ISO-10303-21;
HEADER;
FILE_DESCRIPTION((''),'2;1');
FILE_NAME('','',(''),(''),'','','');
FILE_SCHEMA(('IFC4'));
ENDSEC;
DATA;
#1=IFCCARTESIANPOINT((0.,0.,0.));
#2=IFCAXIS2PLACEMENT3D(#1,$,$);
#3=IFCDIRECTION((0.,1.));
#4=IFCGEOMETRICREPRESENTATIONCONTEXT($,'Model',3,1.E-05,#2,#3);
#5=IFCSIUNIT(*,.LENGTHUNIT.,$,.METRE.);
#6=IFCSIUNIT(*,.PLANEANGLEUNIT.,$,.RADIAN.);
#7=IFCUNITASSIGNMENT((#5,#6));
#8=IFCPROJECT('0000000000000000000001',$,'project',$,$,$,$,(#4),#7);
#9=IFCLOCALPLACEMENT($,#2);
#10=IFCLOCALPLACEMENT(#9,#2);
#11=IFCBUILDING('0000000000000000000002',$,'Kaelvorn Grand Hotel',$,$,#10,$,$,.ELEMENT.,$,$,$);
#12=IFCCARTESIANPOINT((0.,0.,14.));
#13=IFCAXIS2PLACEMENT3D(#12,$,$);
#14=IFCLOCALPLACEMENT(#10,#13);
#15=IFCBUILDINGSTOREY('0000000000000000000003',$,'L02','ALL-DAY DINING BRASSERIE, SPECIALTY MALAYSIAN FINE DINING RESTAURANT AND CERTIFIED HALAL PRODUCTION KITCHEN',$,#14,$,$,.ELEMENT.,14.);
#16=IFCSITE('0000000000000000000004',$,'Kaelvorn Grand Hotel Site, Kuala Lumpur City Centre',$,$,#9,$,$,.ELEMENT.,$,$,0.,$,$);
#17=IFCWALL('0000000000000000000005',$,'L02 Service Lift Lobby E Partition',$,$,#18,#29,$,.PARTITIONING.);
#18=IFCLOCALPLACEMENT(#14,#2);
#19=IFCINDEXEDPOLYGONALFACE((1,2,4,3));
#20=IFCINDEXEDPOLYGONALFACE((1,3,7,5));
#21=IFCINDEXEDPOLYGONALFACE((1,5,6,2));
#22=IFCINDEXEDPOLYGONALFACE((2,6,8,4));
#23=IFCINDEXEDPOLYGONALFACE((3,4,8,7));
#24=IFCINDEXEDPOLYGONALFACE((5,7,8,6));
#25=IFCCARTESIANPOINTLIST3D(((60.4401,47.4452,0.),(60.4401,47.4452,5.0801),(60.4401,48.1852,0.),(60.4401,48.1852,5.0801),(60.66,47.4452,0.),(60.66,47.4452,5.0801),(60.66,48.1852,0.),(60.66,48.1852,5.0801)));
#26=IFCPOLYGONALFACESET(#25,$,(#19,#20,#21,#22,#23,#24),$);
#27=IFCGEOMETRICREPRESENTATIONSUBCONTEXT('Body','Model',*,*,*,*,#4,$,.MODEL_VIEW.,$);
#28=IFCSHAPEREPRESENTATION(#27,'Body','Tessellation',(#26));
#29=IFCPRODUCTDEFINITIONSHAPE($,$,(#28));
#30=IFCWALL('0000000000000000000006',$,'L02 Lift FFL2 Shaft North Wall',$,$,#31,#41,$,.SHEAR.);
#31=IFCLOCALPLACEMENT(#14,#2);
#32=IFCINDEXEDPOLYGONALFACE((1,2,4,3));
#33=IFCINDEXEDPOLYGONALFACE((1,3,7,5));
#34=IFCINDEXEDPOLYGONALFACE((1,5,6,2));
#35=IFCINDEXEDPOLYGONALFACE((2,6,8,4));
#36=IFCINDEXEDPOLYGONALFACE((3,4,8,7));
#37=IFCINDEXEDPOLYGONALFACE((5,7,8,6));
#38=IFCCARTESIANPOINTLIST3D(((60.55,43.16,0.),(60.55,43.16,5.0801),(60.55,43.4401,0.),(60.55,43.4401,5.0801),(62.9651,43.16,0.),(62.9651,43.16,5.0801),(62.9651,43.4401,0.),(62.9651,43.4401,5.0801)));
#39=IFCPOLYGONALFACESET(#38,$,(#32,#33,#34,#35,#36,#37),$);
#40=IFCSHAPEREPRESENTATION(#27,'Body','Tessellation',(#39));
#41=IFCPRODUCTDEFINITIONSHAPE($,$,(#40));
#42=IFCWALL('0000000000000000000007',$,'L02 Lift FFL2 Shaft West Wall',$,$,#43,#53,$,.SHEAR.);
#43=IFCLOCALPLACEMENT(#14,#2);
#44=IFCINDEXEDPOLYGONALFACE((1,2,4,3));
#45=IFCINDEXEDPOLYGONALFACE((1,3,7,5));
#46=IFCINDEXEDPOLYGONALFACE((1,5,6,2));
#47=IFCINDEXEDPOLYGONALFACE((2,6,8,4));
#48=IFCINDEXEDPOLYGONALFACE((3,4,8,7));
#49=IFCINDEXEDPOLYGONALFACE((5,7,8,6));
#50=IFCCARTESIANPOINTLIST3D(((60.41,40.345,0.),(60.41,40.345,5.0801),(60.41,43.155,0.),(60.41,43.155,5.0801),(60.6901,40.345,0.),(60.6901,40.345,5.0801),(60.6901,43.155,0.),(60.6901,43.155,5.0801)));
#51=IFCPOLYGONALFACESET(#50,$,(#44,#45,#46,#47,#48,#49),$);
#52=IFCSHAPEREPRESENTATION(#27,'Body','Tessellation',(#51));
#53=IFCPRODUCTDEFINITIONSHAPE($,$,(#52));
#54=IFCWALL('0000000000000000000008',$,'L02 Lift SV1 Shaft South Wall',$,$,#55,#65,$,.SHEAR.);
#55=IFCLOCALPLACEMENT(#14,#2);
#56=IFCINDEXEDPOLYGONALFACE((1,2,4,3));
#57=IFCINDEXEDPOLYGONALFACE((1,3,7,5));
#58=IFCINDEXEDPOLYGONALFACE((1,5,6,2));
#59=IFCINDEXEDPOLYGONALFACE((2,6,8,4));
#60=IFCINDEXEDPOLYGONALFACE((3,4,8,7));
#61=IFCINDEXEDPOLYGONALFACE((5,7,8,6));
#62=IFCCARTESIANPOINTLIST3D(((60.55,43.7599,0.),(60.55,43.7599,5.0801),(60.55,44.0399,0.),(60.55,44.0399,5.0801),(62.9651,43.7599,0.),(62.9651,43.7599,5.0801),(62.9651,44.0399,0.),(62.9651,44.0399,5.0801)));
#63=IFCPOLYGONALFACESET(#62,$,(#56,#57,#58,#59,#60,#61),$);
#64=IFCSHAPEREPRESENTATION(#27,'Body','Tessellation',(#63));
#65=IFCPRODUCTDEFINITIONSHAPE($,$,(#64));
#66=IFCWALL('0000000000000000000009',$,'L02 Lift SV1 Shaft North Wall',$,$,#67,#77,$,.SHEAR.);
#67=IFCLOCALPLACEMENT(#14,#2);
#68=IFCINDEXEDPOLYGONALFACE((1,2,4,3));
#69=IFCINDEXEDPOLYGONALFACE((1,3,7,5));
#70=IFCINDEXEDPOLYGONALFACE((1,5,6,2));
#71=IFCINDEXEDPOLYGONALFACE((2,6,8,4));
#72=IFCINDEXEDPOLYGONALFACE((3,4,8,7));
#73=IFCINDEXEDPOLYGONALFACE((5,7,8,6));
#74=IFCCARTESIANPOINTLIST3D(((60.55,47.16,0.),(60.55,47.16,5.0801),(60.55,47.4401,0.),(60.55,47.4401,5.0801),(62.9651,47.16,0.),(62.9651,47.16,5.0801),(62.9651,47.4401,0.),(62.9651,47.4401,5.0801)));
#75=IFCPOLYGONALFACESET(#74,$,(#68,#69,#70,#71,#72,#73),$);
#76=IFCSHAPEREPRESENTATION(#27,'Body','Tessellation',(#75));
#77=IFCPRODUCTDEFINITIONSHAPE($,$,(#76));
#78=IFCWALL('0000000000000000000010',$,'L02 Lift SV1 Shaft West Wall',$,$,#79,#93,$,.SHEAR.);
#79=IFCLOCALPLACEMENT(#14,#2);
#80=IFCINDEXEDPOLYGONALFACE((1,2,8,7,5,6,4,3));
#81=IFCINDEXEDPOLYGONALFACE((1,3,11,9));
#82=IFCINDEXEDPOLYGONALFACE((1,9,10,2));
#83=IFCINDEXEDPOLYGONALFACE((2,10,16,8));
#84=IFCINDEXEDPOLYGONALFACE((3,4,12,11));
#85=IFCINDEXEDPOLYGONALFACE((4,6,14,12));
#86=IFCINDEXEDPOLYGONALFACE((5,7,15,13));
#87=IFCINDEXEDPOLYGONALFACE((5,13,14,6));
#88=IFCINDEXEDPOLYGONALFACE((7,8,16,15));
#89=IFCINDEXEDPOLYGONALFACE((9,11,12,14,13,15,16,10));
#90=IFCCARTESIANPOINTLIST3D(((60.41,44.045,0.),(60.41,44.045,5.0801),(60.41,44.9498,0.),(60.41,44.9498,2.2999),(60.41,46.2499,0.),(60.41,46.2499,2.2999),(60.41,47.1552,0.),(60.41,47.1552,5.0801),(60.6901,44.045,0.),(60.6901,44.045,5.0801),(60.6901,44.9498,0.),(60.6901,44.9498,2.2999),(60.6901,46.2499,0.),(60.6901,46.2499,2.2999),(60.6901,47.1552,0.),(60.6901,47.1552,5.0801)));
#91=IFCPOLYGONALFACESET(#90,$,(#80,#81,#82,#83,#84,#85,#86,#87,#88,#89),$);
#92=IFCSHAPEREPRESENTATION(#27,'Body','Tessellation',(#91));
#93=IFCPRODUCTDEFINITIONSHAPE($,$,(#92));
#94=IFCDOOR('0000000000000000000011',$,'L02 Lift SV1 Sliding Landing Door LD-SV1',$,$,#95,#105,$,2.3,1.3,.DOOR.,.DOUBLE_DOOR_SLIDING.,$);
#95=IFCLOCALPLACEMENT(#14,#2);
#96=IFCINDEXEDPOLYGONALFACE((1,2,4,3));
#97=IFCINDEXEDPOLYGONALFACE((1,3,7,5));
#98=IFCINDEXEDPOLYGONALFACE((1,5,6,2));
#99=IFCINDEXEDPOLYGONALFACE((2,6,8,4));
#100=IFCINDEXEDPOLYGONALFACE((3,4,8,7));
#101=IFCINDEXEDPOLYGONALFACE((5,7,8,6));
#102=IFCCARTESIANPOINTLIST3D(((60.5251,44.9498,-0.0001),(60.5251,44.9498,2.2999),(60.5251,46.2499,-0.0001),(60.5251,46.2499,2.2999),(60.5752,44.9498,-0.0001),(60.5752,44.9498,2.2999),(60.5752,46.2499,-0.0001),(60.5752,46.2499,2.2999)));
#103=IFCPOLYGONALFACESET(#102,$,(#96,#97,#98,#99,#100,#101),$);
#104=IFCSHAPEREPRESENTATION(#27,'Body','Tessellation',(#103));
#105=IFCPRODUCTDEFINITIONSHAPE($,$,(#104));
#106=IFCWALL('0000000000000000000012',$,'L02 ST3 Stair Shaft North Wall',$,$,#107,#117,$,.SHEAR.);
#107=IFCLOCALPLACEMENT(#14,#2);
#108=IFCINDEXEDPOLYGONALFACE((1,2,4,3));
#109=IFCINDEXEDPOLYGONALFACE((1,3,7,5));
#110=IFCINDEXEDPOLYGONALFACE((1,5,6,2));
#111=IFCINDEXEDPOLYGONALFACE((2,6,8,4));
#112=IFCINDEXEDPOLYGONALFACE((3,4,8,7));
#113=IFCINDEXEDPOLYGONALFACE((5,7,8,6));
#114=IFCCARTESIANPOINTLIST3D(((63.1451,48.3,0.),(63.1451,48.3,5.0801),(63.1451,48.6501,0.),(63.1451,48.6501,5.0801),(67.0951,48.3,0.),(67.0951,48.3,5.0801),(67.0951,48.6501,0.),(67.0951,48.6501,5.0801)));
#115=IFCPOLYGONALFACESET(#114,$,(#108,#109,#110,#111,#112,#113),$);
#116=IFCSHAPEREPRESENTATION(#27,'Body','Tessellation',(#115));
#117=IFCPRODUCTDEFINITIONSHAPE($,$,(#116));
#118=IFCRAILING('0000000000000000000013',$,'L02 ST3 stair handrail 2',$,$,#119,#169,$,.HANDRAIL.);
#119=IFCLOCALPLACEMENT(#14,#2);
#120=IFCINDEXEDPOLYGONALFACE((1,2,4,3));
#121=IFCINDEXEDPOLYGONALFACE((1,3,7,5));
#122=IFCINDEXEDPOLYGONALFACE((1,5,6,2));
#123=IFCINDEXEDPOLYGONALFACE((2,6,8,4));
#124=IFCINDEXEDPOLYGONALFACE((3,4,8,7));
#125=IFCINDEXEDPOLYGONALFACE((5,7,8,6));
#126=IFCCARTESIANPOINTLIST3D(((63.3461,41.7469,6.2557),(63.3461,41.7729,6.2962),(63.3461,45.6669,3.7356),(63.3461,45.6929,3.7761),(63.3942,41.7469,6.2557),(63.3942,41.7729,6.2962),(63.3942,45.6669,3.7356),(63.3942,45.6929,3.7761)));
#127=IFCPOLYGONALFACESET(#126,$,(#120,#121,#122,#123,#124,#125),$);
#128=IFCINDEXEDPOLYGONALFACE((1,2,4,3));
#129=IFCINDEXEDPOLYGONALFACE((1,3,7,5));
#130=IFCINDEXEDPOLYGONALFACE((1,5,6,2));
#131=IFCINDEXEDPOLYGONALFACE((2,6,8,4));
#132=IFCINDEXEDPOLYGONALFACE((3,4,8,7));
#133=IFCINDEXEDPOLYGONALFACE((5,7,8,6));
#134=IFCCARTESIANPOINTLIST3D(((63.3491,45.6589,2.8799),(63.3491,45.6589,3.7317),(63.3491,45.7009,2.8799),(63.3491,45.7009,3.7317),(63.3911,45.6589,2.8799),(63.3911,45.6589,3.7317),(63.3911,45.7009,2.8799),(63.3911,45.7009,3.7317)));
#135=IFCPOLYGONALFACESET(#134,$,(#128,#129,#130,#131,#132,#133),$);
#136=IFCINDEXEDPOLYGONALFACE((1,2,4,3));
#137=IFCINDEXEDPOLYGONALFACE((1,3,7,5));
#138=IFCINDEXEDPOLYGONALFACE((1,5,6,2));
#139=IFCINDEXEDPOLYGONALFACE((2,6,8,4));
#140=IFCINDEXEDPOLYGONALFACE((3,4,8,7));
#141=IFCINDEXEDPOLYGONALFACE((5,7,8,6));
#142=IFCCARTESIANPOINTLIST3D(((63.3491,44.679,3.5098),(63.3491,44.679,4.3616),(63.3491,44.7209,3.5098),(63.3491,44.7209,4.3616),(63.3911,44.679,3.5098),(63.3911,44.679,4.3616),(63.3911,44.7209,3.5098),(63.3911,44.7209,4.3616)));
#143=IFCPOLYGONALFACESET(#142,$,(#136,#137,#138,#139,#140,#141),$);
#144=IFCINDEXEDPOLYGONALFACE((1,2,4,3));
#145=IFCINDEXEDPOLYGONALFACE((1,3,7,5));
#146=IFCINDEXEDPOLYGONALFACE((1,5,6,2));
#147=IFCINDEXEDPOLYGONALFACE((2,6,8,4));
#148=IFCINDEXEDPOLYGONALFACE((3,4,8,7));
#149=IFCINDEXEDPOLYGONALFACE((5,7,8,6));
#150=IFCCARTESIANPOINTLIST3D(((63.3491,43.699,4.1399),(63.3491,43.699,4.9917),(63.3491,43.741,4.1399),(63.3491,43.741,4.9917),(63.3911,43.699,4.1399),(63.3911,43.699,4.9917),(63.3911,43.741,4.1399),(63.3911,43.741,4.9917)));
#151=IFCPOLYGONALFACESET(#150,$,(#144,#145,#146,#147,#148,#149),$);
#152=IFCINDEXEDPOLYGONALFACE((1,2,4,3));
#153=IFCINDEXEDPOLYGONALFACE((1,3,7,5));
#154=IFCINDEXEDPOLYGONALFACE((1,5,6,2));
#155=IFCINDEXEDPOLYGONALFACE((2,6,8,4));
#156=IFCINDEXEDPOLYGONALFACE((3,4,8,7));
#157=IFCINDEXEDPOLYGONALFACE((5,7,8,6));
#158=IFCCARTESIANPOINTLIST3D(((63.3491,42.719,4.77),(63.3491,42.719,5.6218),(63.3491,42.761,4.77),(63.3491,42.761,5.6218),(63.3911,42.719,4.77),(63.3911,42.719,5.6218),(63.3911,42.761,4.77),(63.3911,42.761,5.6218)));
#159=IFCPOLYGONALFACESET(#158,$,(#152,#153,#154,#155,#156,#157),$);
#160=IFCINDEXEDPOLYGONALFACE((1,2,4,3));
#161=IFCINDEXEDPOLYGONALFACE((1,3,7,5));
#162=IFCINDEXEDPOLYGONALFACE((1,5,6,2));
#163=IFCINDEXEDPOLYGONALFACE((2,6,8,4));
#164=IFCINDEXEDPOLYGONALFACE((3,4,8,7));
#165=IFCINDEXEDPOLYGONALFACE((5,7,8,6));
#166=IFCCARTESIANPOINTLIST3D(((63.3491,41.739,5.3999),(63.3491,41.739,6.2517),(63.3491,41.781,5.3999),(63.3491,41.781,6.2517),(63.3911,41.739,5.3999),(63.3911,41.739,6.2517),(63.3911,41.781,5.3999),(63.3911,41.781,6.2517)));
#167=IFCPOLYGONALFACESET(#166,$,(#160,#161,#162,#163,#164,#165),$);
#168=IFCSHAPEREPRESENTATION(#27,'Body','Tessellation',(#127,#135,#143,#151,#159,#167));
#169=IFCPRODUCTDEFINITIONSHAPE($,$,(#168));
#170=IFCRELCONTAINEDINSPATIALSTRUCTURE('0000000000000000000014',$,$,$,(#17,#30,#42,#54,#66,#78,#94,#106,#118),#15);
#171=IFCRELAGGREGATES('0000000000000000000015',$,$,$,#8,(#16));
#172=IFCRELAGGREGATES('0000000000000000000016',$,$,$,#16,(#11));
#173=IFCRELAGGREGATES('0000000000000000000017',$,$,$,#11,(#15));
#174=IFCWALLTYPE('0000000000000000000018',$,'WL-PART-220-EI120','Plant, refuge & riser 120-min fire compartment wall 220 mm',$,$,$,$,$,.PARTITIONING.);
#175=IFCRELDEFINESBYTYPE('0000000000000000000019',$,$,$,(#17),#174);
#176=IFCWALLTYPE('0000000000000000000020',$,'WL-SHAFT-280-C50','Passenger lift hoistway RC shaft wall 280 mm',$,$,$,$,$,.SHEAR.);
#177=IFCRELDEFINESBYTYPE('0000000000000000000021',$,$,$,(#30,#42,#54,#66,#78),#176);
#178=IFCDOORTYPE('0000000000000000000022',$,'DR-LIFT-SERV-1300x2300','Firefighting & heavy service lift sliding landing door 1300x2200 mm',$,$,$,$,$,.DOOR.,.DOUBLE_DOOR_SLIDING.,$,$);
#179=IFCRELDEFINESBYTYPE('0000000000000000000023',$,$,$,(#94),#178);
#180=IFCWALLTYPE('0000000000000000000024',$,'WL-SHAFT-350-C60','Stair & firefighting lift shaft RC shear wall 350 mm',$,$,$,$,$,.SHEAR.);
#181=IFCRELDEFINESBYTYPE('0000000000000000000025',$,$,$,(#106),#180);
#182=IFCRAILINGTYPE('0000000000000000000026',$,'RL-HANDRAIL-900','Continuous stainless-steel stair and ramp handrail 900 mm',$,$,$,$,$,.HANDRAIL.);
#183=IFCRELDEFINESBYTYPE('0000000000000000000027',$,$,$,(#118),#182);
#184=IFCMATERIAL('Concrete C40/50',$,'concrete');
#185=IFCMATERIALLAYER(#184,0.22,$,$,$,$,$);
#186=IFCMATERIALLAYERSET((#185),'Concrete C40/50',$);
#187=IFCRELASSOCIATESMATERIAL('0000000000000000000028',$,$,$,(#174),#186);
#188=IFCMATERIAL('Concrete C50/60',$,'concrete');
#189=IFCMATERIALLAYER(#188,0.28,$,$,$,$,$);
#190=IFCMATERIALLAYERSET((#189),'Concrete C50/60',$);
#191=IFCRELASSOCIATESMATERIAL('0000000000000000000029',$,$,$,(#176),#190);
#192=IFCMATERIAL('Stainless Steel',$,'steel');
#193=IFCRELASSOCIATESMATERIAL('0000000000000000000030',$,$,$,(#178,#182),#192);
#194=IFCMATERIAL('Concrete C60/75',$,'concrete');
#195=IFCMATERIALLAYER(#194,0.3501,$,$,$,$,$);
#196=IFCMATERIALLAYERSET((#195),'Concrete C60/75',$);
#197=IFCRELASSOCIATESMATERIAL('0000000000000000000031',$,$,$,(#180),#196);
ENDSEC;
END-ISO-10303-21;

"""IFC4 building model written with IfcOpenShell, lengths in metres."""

from ifc_helpers import new_model, si_unit, direction, frame, frame_2d, origin, origin_2d, place, context, subcontext, project, spatial, rectangle, extrude, material, layer, layer_set, type_object, element, fill, save


model = new_model("IFC4")

# Units and contexts
model_context = context("Model", 3, precision=1e-05, world=origin(), true_north=direction((0.0, 1.0)))
body_context = subcontext(model_context, "Body", "Model", "MODEL_VIEW")
ifc_project = project(units=[si_unit("LENGTHUNIT", "METRE"), si_unit("PLANEANGLEUNIT", "RADIAN")], contexts=[model_context])

# Site, building, storey
site_placement = place(None, origin())
site = spatial("IfcSite", under=ifc_project, at=site_placement, Name="Kaelvorn Grand Hotel Site, Kuala Lumpur City Centre", CompositionType="ELEMENT", RefElevation=0.0)
building_placement = place(site_placement, origin())
building = spatial("IfcBuilding", under=site, at=building_placement, Name="Kaelvorn Grand Hotel", CompositionType="ELEMENT")
storey_placement = place(building_placement, frame((0.0, 0.0, 14.0)))
storey = spatial("IfcBuildingStorey", under=building, at=storey_placement, Name="L02", Description="ALL-DAY DINING BRASSERIE, SPECIALTY MALAYSIAN FINE DINING RESTAURANT AND CERTIFIED HALAL PRODUCTION KITCHEN", CompositionType="ELEMENT", Elevation=14.0)

# Shared definitions
ifc_material_1 = material(Name="Concrete C50/60", Category="concrete")

# Shared definitions
ifc_material_2 = material(Name="Concrete C60/75", Category="concrete")

# Shared definitions
ifc_material_3 = material(Name="Concrete C40/50", Category="concrete")
ifc_layer_1 = layer(ifc_material_3, 0.22)
ifc_layer_set_1 = layer_set([ifc_layer_1], Name="Concrete C40/50")
wall_type_1 = type_object("IfcWallType", Name="WL-PART-220-EI120", Description="Plant, refuge & riser 120-min fire compartment wall 220 mm", PredefinedType="PARTITIONING", material=ifc_layer_set_1)

# Walls
wall_1_placement = place(storey_placement, frame((60.55, 47.4451, 0.0), z_axis=(0.0, 0.0, 1.0), x_axis=(0.0, 1.0, 0.0)))
element("IfcWall", 1, at=wall_1_placement, inside=storey, type_object=wall_type_1, Name="L02 Service Lift Lobby E Partition", PredefinedType="PARTITIONING", context=body_context, shape_type="SweptSolid", body=[
    extrude(rectangle(XDim=0.74, YDim=0.22, at=frame_2d((0.3701, 0.0))), origin(), (0.0, 0.0, 1.0), 5.0801),
])
ifc_layer_2 = layer(ifc_material_1, 0.28)
ifc_layer_set_2 = layer_set([ifc_layer_2], Name="Concrete C50/60")
wall_type_2 = type_object("IfcWallType", Name="WL-SHAFT-280-C50", Description="Passenger lift hoistway RC shaft wall 280 mm", PredefinedType="SHEAR", material=ifc_layer_set_2)
wall_2_placement = place(storey_placement, frame((60.55, 43.3, 0.0), z_axis=(0.0, 0.0, 1.0), x_axis=(1.0, 0.0, 0.0)))
element("IfcWall", 2, at=wall_2_placement, inside=storey, type_object=wall_type_2, Name="L02 Lift FFL2 Shaft North Wall", PredefinedType="SHEAR", context=body_context, shape_type="SweptSolid", body=[
    extrude(rectangle(XDim=2.415, YDim=0.28, at=frame_2d((1.2075, 0.0))), origin(), (0.0, 0.0, 1.0), 5.0801),
])
wall_3_placement = place(storey_placement, frame((60.55, 40.345, 0.0), z_axis=(0.0, 0.0, 1.0), x_axis=(0.0, 1.0, 0.0)))
element("IfcWall", 3, at=wall_3_placement, inside=storey, type_object=wall_type_2, Name="L02 Lift FFL2 Shaft West Wall", PredefinedType="SHEAR", context=body_context, shape_type="SweptSolid", body=[
    extrude(rectangle(XDim=2.8101, YDim=0.28, at=frame_2d((1.405, 0.0))), origin(), (0.0, 0.0, 1.0), 5.0801),
])
for number, where, z_axis, x_axis, name in (
    (4, (60.55, 43.8999, 0.0), (0.0, 0.0, 1.0), (1.0, 0.0, 0.0), "L02 Lift SV1 Shaft South Wall"),
    (5, (60.55, 47.3, 0.0), (0.0, 0.0, 1.0), (1.0, 0.0, 0.0), "L02 Lift SV1 Shaft North Wall"),
):
    element("IfcWall", number, at=place(storey_placement, frame(where, z_axis=z_axis, x_axis=x_axis)), inside=storey, type_object=wall_type_2, Name=name, PredefinedType="SHEAR", context=body_context, shape_type="SweptSolid", body=[
        extrude(rectangle(XDim=2.415, YDim=0.28, at=frame_2d((1.2075, 0.0))), origin(), (0.0, 0.0, 1.0), 5.0801),
    ])

# Wall, opening, door
wall_4_placement = place(storey_placement, frame((60.55, 44.0449, 0.0), z_axis=(0.0, 0.0, 1.0), x_axis=(0.0, 1.0, 0.0)))
wall_4 = element("IfcWall", 6, at=wall_4_placement, inside=storey, type_object=wall_type_2, Name="L02 Lift SV1 Shaft West Wall", PredefinedType="SHEAR", context=body_context, shape_type="SweptSolid", body=[
    extrude(rectangle(XDim=3.1101, YDim=0.28, at=frame_2d((1.5552, 0.0))), origin(), (0.0, 0.0, 1.0), 5.0801),
])
opening_1_placement = place(wall_4_placement, frame((0.905, 0.0, 0.0)))
opening_1 = element("IfcOpeningElement", 7, at=opening_1_placement, cuts=wall_4, PredefinedType="OPENING", context=body_context, shape_type="SweptSolid", body=[
    extrude(rectangle(XDim=1.3, YDim=2.3, at=frame_2d((0.6499, 1.1499))), frame((0.0, 0.1499, 0.0), z_axis=(0.0, -1.0, 0.0), x_axis=(1.0, 0.0, 0.0)), (0.0, 0.0, 1.0), 0.3),
])
ifc_material_4 = material(Name="Stainless Steel", Category="steel")
door_type_1 = type_object("IfcDoorType", Name="DR-LIFT-SERV-1300x2300", Description="Firefighting & heavy service lift sliding landing door 1300x2200 mm", OperationType="DOUBLE_DOOR_SLIDING", PredefinedType="DOOR", material=ifc_material_4)
door_1_placement = place(opening_1_placement, origin())
door_1 = element("IfcDoor", 8, at=door_1_placement, inside=storey, type_object=door_type_1, Name="L02 Lift SV1 Sliding Landing Door LD-SV1", OperationType="DOUBLE_DOOR_SLIDING", OverallHeight=2.3, OverallWidth=1.3, PredefinedType="DOOR", context=body_context, shape_type="SweptSolid", body=[
    extrude(rectangle(XDim=1.3, YDim=2.3, at=frame_2d((0.6499, 1.1499))), frame((0.0, 0.0249, 0.0), z_axis=(0.0, -1.0, 0.0), x_axis=(1.0, 0.0, 0.0)), (0.0, 0.0, 1.0), 0.05),
])
fill(opening_1, door_1)

# Wall
ifc_layer_3 = layer(ifc_material_2, 0.3501)
ifc_layer_set_3 = layer_set([ifc_layer_3], Name="Concrete C60/75")
wall_type_3 = type_object("IfcWallType", Name="WL-SHAFT-350-C60", Description="Stair & firefighting lift shaft RC shear wall 350 mm", PredefinedType="SHEAR", material=ifc_layer_set_3)
wall_5_placement = place(storey_placement, frame((63.145, 48.4751, 0.0), z_axis=(0.0, 0.0, 1.0), x_axis=(1.0, 0.0, 0.0)))
element("IfcWall", 9, at=wall_5_placement, inside=storey, type_object=wall_type_3, Name="L02 ST3 Stair Shaft North Wall", PredefinedType="SHEAR", context=body_context, shape_type="SweptSolid", body=[
    extrude(rectangle(XDim=3.95, YDim=0.3501, at=frame_2d((1.9751, 0.0))), origin(), (0.0, 0.0, 1.0), 5.0801),
])

# Railing
railing_type = type_object("IfcRailingType", Name="RL-HANDRAIL-900", Description="Continuous stainless-steel stair and ramp handrail 900 mm", PredefinedType="HANDRAIL", material=ifc_material_4)
railing_placement = place(storey_placement, frame((63.3701, 45.6799, 2.8799)))
element("IfcRailing", 10, at=railing_placement, inside=storey, type_object=railing_type, Name="L02 ST3 stair handrail 2", PredefinedType="HANDRAIL", context=body_context, shape_type="SweptSolid", body=[
    extrude(rectangle(XDim=0.0481, YDim=0.0481, at=origin_2d()), frame((0.0, 0.0, 0.876), z_axis=(0.0, -0.841172, 0.540768), x_axis=(1.0, 0.0, 0.0)), (0.0, 0.0, 1.0), 4.6602),
    extrude(rectangle(XDim=0.042, YDim=0.042, at=origin_2d()), origin(), (0.0, 0.0, 1.0), 0.8518),
    extrude(rectangle(XDim=0.042, YDim=0.042, at=origin_2d()), frame((0.0, -0.98, 0.6299)), (0.0, 0.0, 1.0), 0.8518),
    extrude(rectangle(XDim=0.042, YDim=0.042, at=origin_2d()), frame((0.0, -1.96, 1.26)), (0.0, 0.0, 1.0), 0.8518),
    extrude(rectangle(XDim=0.042, YDim=0.042, at=origin_2d()), frame((0.0, -2.9399, 1.8901)), (0.0, 0.0, 1.0), 0.8518),
    extrude(rectangle(XDim=0.042, YDim=0.042, at=origin_2d()), frame((0.0, -3.9199, 2.52)), (0.0, 0.0, 1.0), 0.8518),
])

save(model, "model.ifc")
